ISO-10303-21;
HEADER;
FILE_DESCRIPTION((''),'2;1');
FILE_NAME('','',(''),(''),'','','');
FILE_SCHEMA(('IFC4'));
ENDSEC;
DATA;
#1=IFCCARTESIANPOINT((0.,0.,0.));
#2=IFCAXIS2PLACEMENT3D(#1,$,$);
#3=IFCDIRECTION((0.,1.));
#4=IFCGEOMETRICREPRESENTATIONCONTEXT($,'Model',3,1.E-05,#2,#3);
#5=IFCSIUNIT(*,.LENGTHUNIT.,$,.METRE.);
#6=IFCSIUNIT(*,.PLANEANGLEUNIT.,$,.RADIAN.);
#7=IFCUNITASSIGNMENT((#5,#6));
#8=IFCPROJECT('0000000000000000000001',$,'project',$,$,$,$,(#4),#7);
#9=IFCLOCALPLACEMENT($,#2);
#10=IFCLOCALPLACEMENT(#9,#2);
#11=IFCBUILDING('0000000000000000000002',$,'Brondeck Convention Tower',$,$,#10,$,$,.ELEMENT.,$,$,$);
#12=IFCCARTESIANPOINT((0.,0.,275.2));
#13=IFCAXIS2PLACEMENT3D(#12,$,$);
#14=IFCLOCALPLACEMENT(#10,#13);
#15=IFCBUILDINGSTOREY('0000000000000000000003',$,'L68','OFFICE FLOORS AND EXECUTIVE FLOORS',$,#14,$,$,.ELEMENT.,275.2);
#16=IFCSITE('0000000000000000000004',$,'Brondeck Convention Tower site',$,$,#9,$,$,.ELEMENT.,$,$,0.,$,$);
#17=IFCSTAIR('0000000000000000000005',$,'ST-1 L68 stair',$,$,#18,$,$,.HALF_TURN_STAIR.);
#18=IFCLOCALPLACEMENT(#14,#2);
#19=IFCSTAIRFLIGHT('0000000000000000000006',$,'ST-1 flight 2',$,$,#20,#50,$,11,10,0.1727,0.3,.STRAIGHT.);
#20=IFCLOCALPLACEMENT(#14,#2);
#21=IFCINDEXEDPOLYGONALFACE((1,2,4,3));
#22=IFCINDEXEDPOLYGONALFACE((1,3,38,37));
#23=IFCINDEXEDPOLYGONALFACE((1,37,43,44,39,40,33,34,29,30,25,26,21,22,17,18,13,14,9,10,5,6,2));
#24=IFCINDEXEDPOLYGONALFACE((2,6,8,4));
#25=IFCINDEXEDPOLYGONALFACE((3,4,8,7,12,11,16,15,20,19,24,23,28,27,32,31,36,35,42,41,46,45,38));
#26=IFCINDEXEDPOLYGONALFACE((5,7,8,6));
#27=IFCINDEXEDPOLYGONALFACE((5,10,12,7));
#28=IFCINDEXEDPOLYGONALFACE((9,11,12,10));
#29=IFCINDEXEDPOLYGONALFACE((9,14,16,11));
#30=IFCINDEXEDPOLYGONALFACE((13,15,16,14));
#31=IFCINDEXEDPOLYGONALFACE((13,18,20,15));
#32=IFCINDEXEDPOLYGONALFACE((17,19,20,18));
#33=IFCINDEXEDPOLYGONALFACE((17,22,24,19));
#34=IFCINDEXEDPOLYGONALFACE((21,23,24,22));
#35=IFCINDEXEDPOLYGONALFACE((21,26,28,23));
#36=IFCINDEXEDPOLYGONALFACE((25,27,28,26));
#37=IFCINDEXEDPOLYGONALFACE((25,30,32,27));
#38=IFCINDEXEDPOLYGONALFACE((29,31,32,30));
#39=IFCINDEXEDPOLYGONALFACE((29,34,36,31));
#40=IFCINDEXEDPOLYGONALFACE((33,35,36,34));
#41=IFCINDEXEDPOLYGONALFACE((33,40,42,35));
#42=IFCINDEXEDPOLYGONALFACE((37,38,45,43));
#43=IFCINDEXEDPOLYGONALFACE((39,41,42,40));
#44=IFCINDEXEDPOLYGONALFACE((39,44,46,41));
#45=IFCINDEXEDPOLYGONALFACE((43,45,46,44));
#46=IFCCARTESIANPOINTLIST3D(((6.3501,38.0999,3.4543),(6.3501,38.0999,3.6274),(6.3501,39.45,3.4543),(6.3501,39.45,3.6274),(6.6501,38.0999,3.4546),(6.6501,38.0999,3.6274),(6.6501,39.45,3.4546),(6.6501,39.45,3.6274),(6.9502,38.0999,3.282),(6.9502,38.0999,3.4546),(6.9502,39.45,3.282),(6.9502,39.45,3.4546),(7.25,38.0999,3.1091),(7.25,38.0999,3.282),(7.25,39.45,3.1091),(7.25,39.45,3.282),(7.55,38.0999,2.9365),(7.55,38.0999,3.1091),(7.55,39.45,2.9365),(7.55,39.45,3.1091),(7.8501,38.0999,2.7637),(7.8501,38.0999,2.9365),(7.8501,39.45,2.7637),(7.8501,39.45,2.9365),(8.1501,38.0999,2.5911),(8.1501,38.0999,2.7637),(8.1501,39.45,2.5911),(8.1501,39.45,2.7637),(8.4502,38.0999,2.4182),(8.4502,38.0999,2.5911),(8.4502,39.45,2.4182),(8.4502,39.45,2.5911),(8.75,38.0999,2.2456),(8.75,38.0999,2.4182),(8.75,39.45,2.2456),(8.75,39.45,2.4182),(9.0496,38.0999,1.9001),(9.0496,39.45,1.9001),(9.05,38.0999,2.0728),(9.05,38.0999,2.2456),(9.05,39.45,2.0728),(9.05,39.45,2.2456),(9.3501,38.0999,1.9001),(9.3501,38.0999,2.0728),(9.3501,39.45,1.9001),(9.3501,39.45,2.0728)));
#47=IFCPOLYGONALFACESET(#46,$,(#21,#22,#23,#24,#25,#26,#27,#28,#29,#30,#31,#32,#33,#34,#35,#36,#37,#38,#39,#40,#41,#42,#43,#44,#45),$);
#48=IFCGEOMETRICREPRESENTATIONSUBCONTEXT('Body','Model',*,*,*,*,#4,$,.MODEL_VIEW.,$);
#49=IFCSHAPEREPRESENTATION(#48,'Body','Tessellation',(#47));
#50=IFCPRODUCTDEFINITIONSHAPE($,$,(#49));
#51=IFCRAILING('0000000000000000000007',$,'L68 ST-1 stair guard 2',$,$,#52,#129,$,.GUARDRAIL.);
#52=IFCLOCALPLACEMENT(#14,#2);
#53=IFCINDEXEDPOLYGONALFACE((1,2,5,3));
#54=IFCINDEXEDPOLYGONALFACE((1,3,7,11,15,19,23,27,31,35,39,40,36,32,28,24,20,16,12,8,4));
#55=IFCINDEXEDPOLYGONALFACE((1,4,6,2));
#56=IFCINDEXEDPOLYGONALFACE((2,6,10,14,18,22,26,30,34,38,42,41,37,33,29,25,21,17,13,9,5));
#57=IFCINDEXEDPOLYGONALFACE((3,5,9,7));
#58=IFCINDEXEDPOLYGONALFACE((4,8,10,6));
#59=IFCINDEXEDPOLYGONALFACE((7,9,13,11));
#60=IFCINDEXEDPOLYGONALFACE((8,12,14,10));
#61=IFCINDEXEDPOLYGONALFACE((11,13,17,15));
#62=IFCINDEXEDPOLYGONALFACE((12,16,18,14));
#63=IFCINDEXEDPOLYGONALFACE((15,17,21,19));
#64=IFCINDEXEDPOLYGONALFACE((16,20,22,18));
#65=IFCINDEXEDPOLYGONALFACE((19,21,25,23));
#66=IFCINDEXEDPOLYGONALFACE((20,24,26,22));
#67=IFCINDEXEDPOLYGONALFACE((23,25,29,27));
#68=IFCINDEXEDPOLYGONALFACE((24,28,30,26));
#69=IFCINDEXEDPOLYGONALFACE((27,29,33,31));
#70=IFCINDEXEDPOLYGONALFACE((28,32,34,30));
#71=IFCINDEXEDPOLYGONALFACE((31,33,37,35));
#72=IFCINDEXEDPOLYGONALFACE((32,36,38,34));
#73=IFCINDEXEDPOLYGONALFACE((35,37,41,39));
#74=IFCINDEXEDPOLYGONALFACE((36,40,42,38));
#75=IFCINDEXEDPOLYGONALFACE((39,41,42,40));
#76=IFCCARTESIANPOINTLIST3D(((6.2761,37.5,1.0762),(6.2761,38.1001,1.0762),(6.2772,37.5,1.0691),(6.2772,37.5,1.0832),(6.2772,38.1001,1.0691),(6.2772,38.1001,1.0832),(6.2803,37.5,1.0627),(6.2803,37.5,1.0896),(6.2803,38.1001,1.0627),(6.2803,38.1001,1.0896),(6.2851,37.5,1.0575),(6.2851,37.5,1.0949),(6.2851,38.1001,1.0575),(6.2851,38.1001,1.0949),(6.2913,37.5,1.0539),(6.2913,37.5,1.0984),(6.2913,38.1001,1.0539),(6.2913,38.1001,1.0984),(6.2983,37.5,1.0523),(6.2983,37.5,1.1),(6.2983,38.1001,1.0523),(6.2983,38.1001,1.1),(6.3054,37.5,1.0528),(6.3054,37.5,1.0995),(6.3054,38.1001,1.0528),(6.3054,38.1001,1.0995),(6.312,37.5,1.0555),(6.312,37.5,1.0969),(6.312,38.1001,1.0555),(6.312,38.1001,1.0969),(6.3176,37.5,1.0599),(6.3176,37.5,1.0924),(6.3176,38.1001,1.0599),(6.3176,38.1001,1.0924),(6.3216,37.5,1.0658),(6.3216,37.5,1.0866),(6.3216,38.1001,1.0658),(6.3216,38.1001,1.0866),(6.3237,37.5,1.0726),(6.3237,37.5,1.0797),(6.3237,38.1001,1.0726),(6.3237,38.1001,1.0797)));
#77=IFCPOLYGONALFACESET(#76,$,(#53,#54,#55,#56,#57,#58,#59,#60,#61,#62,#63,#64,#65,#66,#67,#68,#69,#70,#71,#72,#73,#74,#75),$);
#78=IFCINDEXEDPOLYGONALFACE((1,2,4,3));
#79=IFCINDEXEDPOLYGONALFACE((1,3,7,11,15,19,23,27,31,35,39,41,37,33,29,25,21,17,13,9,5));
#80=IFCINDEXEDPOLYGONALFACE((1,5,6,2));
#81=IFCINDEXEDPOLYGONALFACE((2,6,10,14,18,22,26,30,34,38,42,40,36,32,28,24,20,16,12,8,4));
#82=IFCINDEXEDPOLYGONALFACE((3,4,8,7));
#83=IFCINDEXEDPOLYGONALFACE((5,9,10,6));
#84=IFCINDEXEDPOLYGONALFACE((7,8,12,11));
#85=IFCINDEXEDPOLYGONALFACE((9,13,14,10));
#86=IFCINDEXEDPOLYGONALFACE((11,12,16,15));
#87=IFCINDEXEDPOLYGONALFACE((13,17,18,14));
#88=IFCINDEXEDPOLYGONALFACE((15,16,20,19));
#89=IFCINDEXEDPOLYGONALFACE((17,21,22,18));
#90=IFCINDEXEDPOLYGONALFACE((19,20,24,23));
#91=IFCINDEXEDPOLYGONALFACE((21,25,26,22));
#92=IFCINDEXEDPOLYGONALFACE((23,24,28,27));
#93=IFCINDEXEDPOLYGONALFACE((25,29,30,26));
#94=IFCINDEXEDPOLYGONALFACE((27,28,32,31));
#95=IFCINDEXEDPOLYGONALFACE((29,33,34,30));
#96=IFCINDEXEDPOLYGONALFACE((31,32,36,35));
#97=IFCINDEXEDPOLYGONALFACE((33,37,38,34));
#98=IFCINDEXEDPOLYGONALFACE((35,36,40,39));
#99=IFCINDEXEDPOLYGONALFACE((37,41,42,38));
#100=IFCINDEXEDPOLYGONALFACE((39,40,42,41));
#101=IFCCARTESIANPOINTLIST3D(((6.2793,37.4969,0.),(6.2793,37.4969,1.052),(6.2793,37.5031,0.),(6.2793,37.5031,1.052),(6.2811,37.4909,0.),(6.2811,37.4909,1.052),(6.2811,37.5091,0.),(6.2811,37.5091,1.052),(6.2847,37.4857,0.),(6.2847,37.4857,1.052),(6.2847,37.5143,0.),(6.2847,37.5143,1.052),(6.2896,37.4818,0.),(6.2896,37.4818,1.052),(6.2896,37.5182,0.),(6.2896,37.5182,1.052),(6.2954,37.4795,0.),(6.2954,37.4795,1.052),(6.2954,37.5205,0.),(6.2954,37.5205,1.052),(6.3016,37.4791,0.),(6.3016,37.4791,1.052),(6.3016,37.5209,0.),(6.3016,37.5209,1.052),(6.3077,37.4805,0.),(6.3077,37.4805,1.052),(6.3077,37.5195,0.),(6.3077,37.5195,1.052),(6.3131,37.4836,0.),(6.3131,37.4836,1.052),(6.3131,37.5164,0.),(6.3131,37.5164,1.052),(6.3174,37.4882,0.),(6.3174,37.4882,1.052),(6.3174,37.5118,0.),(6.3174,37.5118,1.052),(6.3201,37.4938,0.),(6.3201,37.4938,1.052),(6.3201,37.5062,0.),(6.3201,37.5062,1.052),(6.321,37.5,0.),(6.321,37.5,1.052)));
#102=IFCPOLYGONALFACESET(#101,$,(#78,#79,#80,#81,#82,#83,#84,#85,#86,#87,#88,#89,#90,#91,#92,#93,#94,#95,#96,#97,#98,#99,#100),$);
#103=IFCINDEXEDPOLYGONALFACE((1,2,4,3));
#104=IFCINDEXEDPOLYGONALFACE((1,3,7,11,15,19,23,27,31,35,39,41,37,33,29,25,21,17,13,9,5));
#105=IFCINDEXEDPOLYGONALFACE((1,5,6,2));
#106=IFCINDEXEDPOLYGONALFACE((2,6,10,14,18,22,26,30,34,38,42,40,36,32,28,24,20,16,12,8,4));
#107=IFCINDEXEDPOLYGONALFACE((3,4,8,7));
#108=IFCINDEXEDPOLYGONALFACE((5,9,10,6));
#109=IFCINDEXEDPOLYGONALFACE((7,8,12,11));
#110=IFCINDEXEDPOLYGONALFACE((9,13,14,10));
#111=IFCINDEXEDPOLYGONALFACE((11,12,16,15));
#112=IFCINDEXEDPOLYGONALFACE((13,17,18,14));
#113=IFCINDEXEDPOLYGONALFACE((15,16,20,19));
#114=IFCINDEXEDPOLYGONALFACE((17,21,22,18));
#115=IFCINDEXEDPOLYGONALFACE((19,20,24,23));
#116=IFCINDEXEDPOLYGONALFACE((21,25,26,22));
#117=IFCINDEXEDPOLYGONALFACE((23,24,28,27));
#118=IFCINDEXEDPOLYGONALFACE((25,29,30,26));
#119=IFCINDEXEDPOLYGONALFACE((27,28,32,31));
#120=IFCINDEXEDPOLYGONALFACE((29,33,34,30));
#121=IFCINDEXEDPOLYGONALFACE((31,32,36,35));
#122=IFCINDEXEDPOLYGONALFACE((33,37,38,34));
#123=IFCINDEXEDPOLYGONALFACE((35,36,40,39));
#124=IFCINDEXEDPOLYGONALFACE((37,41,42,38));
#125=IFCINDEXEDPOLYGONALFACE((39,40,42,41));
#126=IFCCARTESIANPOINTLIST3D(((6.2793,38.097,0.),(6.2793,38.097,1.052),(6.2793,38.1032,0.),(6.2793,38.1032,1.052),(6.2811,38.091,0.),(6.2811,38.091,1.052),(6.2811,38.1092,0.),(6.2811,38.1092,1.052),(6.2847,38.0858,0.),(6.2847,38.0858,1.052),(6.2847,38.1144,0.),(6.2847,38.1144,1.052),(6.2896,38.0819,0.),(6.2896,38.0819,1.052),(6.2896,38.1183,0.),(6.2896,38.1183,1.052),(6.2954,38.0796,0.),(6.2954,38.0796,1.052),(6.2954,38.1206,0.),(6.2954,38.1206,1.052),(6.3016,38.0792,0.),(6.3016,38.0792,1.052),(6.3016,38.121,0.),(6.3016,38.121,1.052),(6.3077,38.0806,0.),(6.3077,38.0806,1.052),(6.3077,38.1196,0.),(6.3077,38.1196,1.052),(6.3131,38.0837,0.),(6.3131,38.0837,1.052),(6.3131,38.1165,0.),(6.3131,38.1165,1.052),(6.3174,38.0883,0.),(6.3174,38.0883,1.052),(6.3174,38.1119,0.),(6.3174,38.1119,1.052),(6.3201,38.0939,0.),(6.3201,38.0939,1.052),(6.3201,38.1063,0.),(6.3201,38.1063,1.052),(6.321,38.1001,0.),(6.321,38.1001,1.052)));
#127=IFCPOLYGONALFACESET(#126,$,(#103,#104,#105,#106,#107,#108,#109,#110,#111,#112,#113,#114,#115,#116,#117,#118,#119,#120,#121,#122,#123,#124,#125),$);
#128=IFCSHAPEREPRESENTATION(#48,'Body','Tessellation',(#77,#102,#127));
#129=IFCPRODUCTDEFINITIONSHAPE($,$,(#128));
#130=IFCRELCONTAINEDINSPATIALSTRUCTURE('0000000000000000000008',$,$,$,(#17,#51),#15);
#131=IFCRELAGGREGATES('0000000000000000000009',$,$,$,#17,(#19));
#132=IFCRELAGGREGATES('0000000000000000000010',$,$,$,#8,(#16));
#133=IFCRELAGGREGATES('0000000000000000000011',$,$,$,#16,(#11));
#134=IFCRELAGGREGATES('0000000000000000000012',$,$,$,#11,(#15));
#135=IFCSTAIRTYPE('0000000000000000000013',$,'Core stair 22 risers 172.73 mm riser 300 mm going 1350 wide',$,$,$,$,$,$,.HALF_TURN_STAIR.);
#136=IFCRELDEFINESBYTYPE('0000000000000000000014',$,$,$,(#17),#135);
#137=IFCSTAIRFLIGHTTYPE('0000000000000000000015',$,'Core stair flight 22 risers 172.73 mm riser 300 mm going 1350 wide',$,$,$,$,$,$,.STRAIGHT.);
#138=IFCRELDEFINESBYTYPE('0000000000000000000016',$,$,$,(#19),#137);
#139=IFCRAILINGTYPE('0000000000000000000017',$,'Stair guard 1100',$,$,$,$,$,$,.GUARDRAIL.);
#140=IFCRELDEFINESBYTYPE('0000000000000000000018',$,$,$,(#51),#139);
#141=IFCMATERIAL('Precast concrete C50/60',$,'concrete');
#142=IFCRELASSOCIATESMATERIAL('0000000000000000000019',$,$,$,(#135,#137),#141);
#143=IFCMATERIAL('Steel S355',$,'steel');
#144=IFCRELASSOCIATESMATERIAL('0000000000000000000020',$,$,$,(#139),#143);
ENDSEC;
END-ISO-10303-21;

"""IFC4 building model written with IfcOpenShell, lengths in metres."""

from ifc_helpers import new_model, si_unit, direction, frame, origin, origin_2d, place, context, subcontext, project, spatial, polyline, circle, outline, extrude, material, type_object, element, aggregate, save


model = new_model("IFC4")

# Units and contexts
model_context = context("Model", 3, precision=1e-05, world=origin(), true_north=direction((0.0, 1.0)))
body_context = subcontext(model_context, "Body", "Model", "MODEL_VIEW")
ifc_project = project(units=[si_unit("LENGTHUNIT", "METRE"), si_unit("PLANEANGLEUNIT", "RADIAN")], contexts=[model_context])

# Site, building, storey
site_placement = place(None, origin())
site = spatial("IfcSite", under=ifc_project, at=site_placement, Name="Brondeck Convention Tower site", CompositionType="ELEMENT", RefElevation=0.0)
building_placement = place(site_placement, origin())
building = spatial("IfcBuilding", under=site, at=building_placement, Name="Brondeck Convention Tower", CompositionType="ELEMENT")
storey_placement = place(building_placement, frame((0.0, 0.0, 275.2)))
storey = spatial("IfcBuildingStorey", under=building, at=storey_placement, Name="L68", Description="OFFICE FLOORS AND EXECUTIVE FLOORS", CompositionType="ELEMENT", Elevation=275.2)

# Stair, stair flight
ifc_material_1 = material(Name="Precast concrete C50/60", Category="concrete")
stair_type = type_object("IfcStairType", Name="Core stair 22 risers 172.73 mm riser 300 mm going 1350 wide", PredefinedType="HALF_TURN_STAIR", material=ifc_material_1)
stair_placement = place(storey_placement, origin())
stair = element("IfcStair", 1, at=stair_placement, inside=storey, type_object=stair_type, Name="ST-1 L68 stair", PredefinedType="HALF_TURN_STAIR")
stair_flight_type = type_object("IfcStairFlightType", Name="Core stair flight 22 risers 172.73 mm riser 300 mm going 1350 wide", PredefinedType="STRAIGHT", material=ifc_material_1)
stair_flight_1_placement = place(storey_placement, frame((9.3501, 38.7749, 1.9001), z_axis=(0.0, 0.0, 1.0), x_axis=(-1.0, 0.0, 0.0)))
stair_flight_1 = element("IfcStairFlight", 2, at=stair_flight_1_placement, type_object=stair_flight_type, Name="ST-1 flight 2", NumberOfRisers=11, NumberOfTreads=10, PredefinedType="STRAIGHT", RiserHeight=0.1727, TreadLength=0.3, context=body_context, shape_type="SweptSolid", body=[
    extrude(outline(polyline([(0.0, 0.0), (0.0, 0.1726), (0.3, 0.1726), (0.3, 0.3455), (0.6001, 0.3455), (0.6001, 0.5181), (0.8999, 0.5181), (0.8999, 0.6909), (1.2, 0.6909), (1.2, 0.8635), (1.5, 0.8635), (1.5, 1.0364), (1.8, 1.0364), (1.8, 1.209), (2.1001, 1.209), (2.1001, 1.3818), (2.3999, 1.3818), (2.3999, 1.5544), (2.7, 1.5544), (2.7, 1.7273), (3.0, 1.7273), (3.0, 1.8999), (3.0, 1.5542), (0.3005, 0.0), (0.0, 0.0)])), frame((0.0, 0.675, 0.0), z_axis=(0.0, -1.0, 0.0), x_axis=(1.0, 0.0, 0.0)), (0.0, 0.0, 1.0), 1.3501),
])
aggregate(stair, [stair_flight_1])

# Railing
ifc_material_2 = material(Name="Steel S355", Category="steel")
railing_type_1 = type_object("IfcRailingType", Name="Stair guard 1100", PredefinedType="GUARDRAIL", material=ifc_material_2)
railing_1_placement = place(storey_placement, frame((6.3, 37.5, 0.0)))
element("IfcRailing", 3, at=railing_1_placement, inside=storey, type_object=railing_type_1, Name="L68 ST-1 stair guard 2", PredefinedType="GUARDRAIL", context=body_context, shape_type="SweptSolid", body=[
    extrude(circle(Radius=0.0239, at=origin_2d()), frame((0.0, 0.0, 1.0762), z_axis=(0.0, 1.0, 0.0), x_axis=(-1.0, 0.0, 0.0)), (0.0, 0.0, 1.0), 0.6001),
    extrude(circle(Radius=0.021, at=origin_2d()), origin(), (0.0, 0.0, 1.0), 1.052),
    extrude(circle(Radius=0.021, at=origin_2d()), frame((0.0, 0.6001, 0.0)), (0.0, 0.0, 1.0), 1.052),
])

save(model, "model.ifc")
